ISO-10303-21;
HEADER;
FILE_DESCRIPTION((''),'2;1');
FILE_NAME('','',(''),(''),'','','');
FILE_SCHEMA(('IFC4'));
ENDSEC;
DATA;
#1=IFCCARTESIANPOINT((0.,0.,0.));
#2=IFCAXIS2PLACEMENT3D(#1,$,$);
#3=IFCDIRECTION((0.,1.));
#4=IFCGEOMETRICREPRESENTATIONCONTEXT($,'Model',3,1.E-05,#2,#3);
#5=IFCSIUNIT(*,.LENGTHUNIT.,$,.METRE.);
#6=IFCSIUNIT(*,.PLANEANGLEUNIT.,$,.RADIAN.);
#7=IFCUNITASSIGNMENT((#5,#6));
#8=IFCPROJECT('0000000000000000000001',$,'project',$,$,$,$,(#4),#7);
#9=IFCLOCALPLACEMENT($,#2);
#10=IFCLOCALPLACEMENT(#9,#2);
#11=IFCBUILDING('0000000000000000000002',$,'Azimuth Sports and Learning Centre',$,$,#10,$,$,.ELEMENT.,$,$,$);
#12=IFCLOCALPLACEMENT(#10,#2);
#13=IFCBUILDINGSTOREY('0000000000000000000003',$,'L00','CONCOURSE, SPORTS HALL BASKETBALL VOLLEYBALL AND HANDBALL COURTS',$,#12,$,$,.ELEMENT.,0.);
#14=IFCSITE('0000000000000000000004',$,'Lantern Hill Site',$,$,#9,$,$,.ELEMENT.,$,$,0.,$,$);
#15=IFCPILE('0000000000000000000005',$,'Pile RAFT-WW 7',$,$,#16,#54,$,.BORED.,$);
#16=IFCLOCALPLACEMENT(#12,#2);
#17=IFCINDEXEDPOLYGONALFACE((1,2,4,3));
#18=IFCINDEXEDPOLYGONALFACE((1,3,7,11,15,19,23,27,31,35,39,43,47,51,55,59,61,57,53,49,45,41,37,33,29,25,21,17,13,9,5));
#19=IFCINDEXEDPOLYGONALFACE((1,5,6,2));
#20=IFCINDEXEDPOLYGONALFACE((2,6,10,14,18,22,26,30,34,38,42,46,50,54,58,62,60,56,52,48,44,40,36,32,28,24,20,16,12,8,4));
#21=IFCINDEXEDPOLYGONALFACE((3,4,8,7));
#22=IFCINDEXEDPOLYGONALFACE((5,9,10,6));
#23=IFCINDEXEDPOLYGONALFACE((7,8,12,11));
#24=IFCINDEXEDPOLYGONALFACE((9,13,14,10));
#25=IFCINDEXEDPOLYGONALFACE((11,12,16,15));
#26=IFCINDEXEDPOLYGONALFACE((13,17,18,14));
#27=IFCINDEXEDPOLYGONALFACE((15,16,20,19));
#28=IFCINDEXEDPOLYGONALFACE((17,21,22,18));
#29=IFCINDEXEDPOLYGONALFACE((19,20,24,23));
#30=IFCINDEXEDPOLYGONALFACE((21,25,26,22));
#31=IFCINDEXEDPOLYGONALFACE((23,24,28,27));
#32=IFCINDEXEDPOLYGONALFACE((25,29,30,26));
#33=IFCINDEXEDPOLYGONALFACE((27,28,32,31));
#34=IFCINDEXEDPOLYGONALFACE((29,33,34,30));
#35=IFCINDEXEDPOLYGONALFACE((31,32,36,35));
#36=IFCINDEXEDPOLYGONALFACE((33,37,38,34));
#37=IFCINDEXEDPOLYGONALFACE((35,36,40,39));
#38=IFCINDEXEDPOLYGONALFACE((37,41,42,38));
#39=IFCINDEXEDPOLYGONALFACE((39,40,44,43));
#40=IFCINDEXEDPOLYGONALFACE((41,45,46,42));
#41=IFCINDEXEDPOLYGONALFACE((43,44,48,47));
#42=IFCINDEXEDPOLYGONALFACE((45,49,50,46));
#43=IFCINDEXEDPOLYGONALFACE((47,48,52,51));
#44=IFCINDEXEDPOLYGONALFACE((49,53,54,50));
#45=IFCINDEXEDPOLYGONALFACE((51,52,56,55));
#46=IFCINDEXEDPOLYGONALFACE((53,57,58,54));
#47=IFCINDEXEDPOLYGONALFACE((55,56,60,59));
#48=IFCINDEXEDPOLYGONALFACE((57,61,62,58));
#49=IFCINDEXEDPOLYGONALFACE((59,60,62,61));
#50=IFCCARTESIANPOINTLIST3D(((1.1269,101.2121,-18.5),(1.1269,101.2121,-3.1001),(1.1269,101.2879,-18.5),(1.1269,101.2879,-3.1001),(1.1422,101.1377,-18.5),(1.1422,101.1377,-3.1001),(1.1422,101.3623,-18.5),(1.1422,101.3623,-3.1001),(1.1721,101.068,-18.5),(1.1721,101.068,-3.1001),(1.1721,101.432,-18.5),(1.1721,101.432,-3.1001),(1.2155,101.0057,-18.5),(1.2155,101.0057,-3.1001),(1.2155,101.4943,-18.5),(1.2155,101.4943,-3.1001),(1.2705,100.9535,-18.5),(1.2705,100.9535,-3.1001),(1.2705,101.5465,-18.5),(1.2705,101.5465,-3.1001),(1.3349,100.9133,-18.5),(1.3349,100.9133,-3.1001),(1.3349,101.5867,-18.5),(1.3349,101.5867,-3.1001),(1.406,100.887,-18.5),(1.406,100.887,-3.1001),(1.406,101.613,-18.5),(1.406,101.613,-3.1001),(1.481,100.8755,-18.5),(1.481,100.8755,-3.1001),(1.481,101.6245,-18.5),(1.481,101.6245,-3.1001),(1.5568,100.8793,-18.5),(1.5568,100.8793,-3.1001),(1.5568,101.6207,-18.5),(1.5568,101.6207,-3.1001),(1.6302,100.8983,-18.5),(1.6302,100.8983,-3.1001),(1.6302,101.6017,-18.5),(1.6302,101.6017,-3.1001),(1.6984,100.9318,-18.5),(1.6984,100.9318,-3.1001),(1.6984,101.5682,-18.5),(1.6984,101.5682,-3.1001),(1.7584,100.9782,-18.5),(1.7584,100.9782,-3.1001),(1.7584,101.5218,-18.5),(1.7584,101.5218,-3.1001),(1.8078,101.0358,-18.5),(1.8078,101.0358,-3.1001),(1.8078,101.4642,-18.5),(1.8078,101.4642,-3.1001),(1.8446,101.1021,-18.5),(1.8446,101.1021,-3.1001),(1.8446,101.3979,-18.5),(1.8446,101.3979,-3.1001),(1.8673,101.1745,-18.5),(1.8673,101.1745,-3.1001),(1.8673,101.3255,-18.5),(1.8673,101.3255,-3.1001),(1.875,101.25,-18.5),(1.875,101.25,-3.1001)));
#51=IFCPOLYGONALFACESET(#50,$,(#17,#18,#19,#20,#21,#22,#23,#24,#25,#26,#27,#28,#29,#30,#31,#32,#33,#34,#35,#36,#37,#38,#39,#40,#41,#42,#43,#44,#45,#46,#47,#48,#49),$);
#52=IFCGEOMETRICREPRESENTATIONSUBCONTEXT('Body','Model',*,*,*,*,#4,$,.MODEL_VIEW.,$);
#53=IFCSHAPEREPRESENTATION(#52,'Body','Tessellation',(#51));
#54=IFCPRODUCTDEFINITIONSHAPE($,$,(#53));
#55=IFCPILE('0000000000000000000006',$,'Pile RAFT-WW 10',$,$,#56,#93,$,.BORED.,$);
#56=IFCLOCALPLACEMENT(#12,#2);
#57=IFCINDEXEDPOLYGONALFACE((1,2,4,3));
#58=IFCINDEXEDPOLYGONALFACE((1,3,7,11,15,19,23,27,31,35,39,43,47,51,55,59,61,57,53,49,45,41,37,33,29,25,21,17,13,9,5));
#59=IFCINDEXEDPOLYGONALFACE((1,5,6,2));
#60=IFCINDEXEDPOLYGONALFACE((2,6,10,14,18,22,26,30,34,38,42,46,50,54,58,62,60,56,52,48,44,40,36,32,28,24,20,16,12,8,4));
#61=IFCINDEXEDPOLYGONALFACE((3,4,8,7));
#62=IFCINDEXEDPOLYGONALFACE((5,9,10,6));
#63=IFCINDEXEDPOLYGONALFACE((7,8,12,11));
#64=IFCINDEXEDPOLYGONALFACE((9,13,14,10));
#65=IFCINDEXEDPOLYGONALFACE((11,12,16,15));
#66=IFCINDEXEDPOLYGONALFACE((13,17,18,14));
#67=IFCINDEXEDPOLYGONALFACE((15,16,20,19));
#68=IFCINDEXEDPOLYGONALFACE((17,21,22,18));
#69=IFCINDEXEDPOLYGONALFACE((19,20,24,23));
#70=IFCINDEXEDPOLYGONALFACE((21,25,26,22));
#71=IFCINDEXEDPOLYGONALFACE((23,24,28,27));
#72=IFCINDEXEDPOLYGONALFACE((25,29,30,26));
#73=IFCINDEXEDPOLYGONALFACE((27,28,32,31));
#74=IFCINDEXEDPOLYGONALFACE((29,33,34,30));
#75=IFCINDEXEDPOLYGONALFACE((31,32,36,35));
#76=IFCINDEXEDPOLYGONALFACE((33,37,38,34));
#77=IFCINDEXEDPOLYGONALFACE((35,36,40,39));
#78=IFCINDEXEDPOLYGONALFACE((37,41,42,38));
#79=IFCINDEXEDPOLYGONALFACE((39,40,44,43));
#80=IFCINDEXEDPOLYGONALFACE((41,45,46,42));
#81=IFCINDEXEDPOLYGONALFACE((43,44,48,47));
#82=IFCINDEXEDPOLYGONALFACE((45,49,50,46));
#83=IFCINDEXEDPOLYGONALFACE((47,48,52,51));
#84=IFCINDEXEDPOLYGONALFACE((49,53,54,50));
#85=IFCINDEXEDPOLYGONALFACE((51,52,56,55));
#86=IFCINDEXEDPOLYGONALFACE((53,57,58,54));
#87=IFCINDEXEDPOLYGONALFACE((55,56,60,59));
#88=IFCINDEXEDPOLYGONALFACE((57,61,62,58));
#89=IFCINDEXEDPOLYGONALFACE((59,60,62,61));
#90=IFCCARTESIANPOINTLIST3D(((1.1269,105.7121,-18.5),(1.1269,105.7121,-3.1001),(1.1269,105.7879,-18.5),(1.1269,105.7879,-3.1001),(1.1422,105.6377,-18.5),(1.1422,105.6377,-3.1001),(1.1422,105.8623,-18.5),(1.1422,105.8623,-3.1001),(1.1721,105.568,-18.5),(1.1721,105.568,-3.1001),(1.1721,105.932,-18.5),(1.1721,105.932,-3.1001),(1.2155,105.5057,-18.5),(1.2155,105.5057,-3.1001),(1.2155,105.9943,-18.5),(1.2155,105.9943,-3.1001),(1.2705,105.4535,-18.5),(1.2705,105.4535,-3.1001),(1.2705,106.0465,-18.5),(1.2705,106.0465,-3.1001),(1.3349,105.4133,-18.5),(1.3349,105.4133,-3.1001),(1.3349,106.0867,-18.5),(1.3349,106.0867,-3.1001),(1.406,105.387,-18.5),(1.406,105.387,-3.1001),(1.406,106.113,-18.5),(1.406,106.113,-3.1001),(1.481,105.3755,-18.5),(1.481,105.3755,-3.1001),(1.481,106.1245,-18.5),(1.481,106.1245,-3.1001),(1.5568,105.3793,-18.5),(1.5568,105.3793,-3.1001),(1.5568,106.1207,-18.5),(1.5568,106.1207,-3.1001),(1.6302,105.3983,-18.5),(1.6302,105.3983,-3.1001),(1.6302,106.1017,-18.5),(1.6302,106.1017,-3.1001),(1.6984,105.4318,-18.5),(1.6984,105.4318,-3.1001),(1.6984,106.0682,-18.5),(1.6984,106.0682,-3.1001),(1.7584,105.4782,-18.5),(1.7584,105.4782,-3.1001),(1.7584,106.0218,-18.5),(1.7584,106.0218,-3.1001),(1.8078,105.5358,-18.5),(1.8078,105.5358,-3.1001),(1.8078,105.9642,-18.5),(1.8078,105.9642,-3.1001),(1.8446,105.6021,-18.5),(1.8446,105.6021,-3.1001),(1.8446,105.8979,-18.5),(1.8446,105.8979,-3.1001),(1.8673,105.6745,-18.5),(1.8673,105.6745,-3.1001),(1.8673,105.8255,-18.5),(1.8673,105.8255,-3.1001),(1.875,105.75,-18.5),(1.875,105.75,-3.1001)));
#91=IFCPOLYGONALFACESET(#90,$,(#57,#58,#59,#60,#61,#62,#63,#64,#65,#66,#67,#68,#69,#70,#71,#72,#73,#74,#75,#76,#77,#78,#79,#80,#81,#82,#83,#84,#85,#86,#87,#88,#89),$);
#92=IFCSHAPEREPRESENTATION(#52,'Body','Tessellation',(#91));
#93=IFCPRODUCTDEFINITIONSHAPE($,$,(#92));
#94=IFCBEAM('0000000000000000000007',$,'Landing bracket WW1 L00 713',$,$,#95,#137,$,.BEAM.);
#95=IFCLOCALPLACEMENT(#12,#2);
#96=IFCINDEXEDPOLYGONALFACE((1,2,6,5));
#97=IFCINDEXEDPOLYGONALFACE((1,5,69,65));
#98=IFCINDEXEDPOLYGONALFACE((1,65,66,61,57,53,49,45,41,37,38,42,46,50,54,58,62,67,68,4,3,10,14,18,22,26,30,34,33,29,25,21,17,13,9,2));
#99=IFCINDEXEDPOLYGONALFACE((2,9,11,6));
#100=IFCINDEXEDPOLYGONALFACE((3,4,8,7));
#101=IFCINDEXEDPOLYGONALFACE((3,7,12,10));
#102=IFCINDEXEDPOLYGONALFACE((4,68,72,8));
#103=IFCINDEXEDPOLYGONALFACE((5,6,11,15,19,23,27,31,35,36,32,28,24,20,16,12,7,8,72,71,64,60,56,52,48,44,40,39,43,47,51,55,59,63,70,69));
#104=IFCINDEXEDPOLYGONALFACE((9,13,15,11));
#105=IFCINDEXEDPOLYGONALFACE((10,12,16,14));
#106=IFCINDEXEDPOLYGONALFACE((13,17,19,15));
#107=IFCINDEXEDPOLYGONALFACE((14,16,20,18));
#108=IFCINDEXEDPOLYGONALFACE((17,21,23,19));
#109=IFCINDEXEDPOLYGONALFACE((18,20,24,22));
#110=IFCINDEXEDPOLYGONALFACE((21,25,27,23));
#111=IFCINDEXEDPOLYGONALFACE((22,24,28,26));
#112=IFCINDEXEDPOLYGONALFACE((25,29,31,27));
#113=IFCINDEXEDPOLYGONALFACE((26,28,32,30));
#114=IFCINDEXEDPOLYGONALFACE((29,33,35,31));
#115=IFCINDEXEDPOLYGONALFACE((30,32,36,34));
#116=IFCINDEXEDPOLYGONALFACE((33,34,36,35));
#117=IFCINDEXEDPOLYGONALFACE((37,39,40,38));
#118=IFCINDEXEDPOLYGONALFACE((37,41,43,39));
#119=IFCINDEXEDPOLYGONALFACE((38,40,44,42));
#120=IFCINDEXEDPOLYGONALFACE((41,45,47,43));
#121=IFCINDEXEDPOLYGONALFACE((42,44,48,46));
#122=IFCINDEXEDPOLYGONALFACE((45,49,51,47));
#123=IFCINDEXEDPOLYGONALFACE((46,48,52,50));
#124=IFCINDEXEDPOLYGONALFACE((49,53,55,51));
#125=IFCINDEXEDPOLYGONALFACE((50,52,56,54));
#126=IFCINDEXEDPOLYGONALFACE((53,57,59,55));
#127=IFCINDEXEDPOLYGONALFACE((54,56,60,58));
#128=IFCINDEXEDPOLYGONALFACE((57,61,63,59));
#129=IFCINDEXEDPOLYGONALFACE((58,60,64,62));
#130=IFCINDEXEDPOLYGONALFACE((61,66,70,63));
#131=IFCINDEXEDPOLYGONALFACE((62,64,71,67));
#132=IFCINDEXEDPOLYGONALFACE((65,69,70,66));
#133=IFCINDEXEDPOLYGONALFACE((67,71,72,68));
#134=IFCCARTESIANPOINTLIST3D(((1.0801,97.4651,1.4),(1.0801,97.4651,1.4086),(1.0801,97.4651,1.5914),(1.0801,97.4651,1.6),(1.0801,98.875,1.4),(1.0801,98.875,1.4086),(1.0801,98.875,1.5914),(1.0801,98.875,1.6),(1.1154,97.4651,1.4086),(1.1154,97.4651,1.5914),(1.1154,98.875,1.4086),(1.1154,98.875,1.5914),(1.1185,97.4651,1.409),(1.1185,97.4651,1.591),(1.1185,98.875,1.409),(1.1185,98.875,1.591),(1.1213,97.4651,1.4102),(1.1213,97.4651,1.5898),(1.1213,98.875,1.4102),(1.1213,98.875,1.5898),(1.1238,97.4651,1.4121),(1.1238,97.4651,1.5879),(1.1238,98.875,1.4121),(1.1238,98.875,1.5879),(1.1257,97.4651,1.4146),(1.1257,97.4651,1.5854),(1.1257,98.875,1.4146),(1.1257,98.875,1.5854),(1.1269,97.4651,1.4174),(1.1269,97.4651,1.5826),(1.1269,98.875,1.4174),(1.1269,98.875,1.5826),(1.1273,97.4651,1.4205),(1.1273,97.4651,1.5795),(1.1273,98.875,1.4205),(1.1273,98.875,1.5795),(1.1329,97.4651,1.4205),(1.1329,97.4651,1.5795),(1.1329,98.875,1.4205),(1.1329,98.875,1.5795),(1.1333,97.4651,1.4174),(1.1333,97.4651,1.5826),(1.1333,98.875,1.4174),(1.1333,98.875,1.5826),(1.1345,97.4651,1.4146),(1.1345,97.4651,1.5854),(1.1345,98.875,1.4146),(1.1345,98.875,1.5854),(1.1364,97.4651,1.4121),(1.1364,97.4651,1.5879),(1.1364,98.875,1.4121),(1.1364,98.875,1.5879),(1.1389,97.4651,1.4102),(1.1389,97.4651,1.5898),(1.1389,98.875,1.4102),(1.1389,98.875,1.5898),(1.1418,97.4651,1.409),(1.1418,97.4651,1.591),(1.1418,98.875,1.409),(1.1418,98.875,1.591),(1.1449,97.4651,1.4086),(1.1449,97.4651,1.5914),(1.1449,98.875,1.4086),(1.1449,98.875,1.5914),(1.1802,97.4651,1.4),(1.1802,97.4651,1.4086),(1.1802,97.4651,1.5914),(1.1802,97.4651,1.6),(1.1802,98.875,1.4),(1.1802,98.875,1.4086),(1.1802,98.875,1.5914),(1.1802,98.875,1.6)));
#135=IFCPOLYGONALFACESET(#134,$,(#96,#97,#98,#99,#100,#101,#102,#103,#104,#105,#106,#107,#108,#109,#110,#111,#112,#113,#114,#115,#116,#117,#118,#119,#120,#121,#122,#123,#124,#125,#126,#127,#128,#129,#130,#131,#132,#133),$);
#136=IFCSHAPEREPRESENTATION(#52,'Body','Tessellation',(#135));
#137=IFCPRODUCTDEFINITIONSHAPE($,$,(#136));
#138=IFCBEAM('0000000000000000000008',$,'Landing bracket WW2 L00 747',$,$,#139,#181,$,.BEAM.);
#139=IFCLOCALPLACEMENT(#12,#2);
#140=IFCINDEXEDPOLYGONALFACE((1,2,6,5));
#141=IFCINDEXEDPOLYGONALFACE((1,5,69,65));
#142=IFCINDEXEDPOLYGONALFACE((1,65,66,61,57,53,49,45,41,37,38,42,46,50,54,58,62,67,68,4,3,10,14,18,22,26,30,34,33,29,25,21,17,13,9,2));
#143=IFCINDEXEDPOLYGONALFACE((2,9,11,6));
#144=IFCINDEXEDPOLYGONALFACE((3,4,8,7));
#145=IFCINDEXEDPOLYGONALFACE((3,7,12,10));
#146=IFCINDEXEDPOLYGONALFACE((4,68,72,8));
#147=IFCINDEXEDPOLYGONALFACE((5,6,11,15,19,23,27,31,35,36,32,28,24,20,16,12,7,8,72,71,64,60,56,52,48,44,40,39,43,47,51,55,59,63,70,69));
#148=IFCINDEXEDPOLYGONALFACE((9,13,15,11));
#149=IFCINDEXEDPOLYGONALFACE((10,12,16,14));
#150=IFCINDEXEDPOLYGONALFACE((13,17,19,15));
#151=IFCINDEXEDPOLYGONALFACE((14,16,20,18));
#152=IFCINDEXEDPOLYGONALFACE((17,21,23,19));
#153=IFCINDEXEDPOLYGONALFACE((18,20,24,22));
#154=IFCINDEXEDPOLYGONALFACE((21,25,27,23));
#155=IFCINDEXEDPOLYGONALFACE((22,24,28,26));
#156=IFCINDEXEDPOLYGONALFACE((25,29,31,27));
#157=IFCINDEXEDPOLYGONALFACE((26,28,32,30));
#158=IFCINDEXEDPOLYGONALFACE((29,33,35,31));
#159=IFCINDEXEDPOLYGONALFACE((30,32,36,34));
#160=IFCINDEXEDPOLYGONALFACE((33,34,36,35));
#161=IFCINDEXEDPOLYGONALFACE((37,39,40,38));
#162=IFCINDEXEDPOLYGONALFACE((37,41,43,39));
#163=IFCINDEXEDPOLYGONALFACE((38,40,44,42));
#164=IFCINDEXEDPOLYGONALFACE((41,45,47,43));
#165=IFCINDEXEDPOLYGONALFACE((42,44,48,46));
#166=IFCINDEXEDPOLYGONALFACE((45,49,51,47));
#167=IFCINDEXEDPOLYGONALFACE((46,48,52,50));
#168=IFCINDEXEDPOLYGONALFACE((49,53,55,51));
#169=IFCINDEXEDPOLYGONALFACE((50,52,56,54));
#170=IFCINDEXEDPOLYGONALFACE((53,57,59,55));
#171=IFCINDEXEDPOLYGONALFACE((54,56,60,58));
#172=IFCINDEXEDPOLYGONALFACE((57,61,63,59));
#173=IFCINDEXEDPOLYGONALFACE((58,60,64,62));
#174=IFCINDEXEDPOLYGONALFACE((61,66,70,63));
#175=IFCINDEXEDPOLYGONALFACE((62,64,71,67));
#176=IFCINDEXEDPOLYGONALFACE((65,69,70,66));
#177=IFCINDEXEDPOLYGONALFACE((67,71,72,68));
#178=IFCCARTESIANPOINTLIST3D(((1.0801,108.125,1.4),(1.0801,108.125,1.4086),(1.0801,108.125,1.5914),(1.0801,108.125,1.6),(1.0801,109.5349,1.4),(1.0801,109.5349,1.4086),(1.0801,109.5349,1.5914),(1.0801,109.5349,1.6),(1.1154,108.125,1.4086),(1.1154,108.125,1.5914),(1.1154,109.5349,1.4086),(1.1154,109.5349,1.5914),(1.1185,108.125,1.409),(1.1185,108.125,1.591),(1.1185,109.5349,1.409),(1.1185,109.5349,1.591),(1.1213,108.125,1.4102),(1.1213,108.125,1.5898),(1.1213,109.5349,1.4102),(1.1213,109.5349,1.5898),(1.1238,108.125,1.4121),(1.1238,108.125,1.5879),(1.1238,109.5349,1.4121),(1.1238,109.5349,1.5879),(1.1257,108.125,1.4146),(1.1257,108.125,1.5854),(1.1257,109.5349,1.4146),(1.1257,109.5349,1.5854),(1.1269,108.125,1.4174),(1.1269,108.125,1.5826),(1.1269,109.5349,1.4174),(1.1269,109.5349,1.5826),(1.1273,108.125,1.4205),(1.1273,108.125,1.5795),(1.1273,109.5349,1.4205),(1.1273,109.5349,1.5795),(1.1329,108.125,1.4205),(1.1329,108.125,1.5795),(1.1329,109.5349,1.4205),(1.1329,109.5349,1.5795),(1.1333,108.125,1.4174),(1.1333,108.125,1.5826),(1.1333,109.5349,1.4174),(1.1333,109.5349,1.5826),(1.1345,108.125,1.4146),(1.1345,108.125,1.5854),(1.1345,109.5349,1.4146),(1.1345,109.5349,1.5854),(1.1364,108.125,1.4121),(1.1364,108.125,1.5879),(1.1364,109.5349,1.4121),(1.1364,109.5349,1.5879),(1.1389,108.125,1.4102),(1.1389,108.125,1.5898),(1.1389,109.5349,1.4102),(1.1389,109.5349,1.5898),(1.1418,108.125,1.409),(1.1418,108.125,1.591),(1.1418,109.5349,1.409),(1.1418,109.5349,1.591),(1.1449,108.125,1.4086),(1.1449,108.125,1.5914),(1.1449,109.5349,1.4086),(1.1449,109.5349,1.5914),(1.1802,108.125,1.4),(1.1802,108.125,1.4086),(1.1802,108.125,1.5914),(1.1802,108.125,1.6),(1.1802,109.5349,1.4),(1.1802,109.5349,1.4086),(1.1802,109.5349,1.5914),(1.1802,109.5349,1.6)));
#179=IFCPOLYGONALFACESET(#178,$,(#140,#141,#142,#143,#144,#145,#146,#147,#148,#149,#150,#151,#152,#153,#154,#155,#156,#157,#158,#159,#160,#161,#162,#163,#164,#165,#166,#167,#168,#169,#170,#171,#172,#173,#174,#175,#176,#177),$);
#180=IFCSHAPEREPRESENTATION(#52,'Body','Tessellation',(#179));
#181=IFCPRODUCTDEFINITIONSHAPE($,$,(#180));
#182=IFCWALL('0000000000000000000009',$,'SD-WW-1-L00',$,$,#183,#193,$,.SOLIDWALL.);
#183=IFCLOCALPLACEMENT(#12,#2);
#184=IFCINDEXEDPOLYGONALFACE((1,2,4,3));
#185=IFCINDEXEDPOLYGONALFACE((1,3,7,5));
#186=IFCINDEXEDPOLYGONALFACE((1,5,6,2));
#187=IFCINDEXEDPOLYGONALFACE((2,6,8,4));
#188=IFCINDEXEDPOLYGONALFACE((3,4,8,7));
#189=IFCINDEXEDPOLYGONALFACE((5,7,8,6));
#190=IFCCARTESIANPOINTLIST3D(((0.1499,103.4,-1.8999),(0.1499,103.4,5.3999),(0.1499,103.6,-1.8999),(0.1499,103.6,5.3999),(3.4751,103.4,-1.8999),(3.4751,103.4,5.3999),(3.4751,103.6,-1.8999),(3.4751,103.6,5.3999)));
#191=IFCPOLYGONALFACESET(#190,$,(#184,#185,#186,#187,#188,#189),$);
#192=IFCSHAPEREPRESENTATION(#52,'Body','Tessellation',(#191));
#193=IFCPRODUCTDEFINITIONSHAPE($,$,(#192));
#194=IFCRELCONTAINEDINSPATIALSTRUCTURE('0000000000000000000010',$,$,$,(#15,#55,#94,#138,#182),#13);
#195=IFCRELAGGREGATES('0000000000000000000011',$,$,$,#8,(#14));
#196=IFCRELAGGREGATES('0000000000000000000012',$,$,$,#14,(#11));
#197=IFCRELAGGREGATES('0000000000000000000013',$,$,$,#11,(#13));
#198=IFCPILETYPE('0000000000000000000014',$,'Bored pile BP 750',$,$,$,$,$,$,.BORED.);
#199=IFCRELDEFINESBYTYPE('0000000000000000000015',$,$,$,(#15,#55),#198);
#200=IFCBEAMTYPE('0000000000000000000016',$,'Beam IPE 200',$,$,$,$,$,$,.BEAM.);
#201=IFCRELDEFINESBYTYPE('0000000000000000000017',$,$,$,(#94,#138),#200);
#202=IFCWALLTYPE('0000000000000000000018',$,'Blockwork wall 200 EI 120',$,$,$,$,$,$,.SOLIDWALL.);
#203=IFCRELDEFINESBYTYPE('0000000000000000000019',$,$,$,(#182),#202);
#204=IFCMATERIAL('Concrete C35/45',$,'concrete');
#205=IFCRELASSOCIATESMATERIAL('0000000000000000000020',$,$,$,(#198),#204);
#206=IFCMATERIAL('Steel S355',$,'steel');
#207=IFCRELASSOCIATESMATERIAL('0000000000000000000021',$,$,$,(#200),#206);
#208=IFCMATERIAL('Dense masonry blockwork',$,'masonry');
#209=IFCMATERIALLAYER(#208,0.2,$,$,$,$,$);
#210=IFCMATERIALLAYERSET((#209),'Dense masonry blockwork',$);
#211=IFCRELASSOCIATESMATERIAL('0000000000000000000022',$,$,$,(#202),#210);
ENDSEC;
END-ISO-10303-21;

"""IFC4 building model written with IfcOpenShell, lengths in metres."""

from ifc_helpers import new_model, si_unit, direction, frame, frame_2d, origin, origin_2d, place, context, subcontext, project, spatial, rectangle, circle, i_section, extrude, material, layer, layer_set, material_profile, profile_set, type_object, element, save


model = new_model("IFC4")

# Units and contexts
model_context = context("Model", 3, precision=1e-05, world=origin(), true_north=direction((0.0, 1.0)))
body_context = subcontext(model_context, "Body", "Model", "MODEL_VIEW")
ifc_project = project(units=[si_unit("LENGTHUNIT", "METRE"), si_unit("PLANEANGLEUNIT", "RADIAN")], contexts=[model_context])

# Site, building, storey
site_placement = place(None, origin())
site = spatial("IfcSite", under=ifc_project, at=site_placement, Name="Lantern Hill Site", CompositionType="ELEMENT", RefElevation=0.0)
building_placement = place(site_placement, origin())
building = spatial("IfcBuilding", under=site, at=building_placement, Name="Azimuth Sports and Learning Centre", CompositionType="ELEMENT")
storey_placement = place(building_placement, origin())
storey = spatial("IfcBuildingStorey", under=building, at=storey_placement, Name="L00", Description="CONCOURSE, SPORTS HALL BASKETBALL VOLLEYBALL AND HANDBALL COURTS", CompositionType="ELEMENT", Elevation=0.0)

# Piles
ifc_material_1 = material(Name="Concrete C35/45", Category="concrete")
ifc_material_profile_1 = material_profile(ifc_material_1, circle(Radius=0.375, at=origin_2d()), Name="BP 750")
ifc_profile_set_1 = profile_set([ifc_material_profile_1], Name="Concrete C35/45")
pile_type = type_object("IfcPileType", Name="Bored pile BP 750", PredefinedType="BORED", material=ifc_profile_set_1)
for number, where, z_axis, x_axis, name in (
    (1, (1.5, 101.25, -3.1001), (0.0, 0.0, -1.0), (1.0, 0.0, 0.0), "Pile RAFT-WW 7"),
    (2, (1.5, 105.75, -3.1001), (0.0, 0.0, -1.0), (1.0, 0.0, 0.0), "Pile RAFT-WW 10"),
):
    element("IfcPile", number, at=place(storey_placement, frame(where, z_axis=z_axis, x_axis=x_axis)), inside=storey, type_object=pile_type, Name=name, PredefinedType="BORED", context=body_context, shape_type="SweptSolid", body=[
        extrude(circle(Radius=0.375, at=origin_2d()), origin(), (0.0, 0.0, 1.0), 15.3999),
    ])

# Beams
ifc_material_2 = material(Name="Steel S355", Category="steel")
ifc_material_profile_2 = material_profile(ifc_material_2, i_section(OverallWidth=0.1001, OverallDepth=0.2, WebThickness=0.0056, FlangeThickness=0.0085, FilletRadius=0.012, at=origin_2d()), Name="IPE 200")
ifc_profile_set_2 = profile_set([ifc_material_profile_2], Name="Steel S355")
beam_type = type_object("IfcBeamType", Name="Beam IPE 200", PredefinedType="BEAM", material=ifc_profile_set_2)
for number, where, z_axis, x_axis, name in (
    (3, (1.1301, 98.875, 1.5), (0.0, -1.0, 0.0), (1.0, 0.0, 0.0), "Landing bracket WW1 L00 713"),
    (4, (1.1301, 108.125, 1.5), (0.0, 1.0, 0.0), (-1.0, 0.0, 0.0), "Landing bracket WW2 L00 747"),
):
    element("IfcBeam", number, at=place(storey_placement, frame(where, z_axis=z_axis, x_axis=x_axis)), inside=storey, type_object=beam_type, Name=name, PredefinedType="BEAM", context=body_context, shape_type="SweptSolid", body=[
        extrude(i_section(OverallWidth=0.1001, OverallDepth=0.2, WebThickness=0.0056, FlangeThickness=0.0085, FilletRadius=0.012, at=origin_2d()), origin(), (0.0, 0.0, 1.0), 1.4099),
    ])

# Wall
ifc_material_3 = material(Name="Dense masonry blockwork", Category="masonry")
ifc_layer_1 = layer(ifc_material_3, 0.2)
ifc_layer_set_1 = layer_set([ifc_layer_1], Name="Dense masonry blockwork")
wall_type_1 = type_object("IfcWallType", Name="Blockwork wall 200 EI 120", PredefinedType="SOLIDWALL", material=ifc_layer_set_1)
wall_placement = place(storey_placement, frame((0.1499, 103.5, -1.8999), z_axis=(0.0, 0.0, 1.0), x_axis=(1.0, 0.0, 0.0)))
element("IfcWall", 5, at=wall_placement, inside=storey, type_object=wall_type_1, Name="SD-WW-1-L00", PredefinedType="SOLIDWALL", context=body_context, shape_type="SweptSolid", body=[
    extrude(rectangle(XDim=3.3252, YDim=0.2, at=frame_2d((1.6626, 0.0))), origin(), (0.0, 0.0, 1.0), 7.2998),
])

save(model, "model.ifc")
